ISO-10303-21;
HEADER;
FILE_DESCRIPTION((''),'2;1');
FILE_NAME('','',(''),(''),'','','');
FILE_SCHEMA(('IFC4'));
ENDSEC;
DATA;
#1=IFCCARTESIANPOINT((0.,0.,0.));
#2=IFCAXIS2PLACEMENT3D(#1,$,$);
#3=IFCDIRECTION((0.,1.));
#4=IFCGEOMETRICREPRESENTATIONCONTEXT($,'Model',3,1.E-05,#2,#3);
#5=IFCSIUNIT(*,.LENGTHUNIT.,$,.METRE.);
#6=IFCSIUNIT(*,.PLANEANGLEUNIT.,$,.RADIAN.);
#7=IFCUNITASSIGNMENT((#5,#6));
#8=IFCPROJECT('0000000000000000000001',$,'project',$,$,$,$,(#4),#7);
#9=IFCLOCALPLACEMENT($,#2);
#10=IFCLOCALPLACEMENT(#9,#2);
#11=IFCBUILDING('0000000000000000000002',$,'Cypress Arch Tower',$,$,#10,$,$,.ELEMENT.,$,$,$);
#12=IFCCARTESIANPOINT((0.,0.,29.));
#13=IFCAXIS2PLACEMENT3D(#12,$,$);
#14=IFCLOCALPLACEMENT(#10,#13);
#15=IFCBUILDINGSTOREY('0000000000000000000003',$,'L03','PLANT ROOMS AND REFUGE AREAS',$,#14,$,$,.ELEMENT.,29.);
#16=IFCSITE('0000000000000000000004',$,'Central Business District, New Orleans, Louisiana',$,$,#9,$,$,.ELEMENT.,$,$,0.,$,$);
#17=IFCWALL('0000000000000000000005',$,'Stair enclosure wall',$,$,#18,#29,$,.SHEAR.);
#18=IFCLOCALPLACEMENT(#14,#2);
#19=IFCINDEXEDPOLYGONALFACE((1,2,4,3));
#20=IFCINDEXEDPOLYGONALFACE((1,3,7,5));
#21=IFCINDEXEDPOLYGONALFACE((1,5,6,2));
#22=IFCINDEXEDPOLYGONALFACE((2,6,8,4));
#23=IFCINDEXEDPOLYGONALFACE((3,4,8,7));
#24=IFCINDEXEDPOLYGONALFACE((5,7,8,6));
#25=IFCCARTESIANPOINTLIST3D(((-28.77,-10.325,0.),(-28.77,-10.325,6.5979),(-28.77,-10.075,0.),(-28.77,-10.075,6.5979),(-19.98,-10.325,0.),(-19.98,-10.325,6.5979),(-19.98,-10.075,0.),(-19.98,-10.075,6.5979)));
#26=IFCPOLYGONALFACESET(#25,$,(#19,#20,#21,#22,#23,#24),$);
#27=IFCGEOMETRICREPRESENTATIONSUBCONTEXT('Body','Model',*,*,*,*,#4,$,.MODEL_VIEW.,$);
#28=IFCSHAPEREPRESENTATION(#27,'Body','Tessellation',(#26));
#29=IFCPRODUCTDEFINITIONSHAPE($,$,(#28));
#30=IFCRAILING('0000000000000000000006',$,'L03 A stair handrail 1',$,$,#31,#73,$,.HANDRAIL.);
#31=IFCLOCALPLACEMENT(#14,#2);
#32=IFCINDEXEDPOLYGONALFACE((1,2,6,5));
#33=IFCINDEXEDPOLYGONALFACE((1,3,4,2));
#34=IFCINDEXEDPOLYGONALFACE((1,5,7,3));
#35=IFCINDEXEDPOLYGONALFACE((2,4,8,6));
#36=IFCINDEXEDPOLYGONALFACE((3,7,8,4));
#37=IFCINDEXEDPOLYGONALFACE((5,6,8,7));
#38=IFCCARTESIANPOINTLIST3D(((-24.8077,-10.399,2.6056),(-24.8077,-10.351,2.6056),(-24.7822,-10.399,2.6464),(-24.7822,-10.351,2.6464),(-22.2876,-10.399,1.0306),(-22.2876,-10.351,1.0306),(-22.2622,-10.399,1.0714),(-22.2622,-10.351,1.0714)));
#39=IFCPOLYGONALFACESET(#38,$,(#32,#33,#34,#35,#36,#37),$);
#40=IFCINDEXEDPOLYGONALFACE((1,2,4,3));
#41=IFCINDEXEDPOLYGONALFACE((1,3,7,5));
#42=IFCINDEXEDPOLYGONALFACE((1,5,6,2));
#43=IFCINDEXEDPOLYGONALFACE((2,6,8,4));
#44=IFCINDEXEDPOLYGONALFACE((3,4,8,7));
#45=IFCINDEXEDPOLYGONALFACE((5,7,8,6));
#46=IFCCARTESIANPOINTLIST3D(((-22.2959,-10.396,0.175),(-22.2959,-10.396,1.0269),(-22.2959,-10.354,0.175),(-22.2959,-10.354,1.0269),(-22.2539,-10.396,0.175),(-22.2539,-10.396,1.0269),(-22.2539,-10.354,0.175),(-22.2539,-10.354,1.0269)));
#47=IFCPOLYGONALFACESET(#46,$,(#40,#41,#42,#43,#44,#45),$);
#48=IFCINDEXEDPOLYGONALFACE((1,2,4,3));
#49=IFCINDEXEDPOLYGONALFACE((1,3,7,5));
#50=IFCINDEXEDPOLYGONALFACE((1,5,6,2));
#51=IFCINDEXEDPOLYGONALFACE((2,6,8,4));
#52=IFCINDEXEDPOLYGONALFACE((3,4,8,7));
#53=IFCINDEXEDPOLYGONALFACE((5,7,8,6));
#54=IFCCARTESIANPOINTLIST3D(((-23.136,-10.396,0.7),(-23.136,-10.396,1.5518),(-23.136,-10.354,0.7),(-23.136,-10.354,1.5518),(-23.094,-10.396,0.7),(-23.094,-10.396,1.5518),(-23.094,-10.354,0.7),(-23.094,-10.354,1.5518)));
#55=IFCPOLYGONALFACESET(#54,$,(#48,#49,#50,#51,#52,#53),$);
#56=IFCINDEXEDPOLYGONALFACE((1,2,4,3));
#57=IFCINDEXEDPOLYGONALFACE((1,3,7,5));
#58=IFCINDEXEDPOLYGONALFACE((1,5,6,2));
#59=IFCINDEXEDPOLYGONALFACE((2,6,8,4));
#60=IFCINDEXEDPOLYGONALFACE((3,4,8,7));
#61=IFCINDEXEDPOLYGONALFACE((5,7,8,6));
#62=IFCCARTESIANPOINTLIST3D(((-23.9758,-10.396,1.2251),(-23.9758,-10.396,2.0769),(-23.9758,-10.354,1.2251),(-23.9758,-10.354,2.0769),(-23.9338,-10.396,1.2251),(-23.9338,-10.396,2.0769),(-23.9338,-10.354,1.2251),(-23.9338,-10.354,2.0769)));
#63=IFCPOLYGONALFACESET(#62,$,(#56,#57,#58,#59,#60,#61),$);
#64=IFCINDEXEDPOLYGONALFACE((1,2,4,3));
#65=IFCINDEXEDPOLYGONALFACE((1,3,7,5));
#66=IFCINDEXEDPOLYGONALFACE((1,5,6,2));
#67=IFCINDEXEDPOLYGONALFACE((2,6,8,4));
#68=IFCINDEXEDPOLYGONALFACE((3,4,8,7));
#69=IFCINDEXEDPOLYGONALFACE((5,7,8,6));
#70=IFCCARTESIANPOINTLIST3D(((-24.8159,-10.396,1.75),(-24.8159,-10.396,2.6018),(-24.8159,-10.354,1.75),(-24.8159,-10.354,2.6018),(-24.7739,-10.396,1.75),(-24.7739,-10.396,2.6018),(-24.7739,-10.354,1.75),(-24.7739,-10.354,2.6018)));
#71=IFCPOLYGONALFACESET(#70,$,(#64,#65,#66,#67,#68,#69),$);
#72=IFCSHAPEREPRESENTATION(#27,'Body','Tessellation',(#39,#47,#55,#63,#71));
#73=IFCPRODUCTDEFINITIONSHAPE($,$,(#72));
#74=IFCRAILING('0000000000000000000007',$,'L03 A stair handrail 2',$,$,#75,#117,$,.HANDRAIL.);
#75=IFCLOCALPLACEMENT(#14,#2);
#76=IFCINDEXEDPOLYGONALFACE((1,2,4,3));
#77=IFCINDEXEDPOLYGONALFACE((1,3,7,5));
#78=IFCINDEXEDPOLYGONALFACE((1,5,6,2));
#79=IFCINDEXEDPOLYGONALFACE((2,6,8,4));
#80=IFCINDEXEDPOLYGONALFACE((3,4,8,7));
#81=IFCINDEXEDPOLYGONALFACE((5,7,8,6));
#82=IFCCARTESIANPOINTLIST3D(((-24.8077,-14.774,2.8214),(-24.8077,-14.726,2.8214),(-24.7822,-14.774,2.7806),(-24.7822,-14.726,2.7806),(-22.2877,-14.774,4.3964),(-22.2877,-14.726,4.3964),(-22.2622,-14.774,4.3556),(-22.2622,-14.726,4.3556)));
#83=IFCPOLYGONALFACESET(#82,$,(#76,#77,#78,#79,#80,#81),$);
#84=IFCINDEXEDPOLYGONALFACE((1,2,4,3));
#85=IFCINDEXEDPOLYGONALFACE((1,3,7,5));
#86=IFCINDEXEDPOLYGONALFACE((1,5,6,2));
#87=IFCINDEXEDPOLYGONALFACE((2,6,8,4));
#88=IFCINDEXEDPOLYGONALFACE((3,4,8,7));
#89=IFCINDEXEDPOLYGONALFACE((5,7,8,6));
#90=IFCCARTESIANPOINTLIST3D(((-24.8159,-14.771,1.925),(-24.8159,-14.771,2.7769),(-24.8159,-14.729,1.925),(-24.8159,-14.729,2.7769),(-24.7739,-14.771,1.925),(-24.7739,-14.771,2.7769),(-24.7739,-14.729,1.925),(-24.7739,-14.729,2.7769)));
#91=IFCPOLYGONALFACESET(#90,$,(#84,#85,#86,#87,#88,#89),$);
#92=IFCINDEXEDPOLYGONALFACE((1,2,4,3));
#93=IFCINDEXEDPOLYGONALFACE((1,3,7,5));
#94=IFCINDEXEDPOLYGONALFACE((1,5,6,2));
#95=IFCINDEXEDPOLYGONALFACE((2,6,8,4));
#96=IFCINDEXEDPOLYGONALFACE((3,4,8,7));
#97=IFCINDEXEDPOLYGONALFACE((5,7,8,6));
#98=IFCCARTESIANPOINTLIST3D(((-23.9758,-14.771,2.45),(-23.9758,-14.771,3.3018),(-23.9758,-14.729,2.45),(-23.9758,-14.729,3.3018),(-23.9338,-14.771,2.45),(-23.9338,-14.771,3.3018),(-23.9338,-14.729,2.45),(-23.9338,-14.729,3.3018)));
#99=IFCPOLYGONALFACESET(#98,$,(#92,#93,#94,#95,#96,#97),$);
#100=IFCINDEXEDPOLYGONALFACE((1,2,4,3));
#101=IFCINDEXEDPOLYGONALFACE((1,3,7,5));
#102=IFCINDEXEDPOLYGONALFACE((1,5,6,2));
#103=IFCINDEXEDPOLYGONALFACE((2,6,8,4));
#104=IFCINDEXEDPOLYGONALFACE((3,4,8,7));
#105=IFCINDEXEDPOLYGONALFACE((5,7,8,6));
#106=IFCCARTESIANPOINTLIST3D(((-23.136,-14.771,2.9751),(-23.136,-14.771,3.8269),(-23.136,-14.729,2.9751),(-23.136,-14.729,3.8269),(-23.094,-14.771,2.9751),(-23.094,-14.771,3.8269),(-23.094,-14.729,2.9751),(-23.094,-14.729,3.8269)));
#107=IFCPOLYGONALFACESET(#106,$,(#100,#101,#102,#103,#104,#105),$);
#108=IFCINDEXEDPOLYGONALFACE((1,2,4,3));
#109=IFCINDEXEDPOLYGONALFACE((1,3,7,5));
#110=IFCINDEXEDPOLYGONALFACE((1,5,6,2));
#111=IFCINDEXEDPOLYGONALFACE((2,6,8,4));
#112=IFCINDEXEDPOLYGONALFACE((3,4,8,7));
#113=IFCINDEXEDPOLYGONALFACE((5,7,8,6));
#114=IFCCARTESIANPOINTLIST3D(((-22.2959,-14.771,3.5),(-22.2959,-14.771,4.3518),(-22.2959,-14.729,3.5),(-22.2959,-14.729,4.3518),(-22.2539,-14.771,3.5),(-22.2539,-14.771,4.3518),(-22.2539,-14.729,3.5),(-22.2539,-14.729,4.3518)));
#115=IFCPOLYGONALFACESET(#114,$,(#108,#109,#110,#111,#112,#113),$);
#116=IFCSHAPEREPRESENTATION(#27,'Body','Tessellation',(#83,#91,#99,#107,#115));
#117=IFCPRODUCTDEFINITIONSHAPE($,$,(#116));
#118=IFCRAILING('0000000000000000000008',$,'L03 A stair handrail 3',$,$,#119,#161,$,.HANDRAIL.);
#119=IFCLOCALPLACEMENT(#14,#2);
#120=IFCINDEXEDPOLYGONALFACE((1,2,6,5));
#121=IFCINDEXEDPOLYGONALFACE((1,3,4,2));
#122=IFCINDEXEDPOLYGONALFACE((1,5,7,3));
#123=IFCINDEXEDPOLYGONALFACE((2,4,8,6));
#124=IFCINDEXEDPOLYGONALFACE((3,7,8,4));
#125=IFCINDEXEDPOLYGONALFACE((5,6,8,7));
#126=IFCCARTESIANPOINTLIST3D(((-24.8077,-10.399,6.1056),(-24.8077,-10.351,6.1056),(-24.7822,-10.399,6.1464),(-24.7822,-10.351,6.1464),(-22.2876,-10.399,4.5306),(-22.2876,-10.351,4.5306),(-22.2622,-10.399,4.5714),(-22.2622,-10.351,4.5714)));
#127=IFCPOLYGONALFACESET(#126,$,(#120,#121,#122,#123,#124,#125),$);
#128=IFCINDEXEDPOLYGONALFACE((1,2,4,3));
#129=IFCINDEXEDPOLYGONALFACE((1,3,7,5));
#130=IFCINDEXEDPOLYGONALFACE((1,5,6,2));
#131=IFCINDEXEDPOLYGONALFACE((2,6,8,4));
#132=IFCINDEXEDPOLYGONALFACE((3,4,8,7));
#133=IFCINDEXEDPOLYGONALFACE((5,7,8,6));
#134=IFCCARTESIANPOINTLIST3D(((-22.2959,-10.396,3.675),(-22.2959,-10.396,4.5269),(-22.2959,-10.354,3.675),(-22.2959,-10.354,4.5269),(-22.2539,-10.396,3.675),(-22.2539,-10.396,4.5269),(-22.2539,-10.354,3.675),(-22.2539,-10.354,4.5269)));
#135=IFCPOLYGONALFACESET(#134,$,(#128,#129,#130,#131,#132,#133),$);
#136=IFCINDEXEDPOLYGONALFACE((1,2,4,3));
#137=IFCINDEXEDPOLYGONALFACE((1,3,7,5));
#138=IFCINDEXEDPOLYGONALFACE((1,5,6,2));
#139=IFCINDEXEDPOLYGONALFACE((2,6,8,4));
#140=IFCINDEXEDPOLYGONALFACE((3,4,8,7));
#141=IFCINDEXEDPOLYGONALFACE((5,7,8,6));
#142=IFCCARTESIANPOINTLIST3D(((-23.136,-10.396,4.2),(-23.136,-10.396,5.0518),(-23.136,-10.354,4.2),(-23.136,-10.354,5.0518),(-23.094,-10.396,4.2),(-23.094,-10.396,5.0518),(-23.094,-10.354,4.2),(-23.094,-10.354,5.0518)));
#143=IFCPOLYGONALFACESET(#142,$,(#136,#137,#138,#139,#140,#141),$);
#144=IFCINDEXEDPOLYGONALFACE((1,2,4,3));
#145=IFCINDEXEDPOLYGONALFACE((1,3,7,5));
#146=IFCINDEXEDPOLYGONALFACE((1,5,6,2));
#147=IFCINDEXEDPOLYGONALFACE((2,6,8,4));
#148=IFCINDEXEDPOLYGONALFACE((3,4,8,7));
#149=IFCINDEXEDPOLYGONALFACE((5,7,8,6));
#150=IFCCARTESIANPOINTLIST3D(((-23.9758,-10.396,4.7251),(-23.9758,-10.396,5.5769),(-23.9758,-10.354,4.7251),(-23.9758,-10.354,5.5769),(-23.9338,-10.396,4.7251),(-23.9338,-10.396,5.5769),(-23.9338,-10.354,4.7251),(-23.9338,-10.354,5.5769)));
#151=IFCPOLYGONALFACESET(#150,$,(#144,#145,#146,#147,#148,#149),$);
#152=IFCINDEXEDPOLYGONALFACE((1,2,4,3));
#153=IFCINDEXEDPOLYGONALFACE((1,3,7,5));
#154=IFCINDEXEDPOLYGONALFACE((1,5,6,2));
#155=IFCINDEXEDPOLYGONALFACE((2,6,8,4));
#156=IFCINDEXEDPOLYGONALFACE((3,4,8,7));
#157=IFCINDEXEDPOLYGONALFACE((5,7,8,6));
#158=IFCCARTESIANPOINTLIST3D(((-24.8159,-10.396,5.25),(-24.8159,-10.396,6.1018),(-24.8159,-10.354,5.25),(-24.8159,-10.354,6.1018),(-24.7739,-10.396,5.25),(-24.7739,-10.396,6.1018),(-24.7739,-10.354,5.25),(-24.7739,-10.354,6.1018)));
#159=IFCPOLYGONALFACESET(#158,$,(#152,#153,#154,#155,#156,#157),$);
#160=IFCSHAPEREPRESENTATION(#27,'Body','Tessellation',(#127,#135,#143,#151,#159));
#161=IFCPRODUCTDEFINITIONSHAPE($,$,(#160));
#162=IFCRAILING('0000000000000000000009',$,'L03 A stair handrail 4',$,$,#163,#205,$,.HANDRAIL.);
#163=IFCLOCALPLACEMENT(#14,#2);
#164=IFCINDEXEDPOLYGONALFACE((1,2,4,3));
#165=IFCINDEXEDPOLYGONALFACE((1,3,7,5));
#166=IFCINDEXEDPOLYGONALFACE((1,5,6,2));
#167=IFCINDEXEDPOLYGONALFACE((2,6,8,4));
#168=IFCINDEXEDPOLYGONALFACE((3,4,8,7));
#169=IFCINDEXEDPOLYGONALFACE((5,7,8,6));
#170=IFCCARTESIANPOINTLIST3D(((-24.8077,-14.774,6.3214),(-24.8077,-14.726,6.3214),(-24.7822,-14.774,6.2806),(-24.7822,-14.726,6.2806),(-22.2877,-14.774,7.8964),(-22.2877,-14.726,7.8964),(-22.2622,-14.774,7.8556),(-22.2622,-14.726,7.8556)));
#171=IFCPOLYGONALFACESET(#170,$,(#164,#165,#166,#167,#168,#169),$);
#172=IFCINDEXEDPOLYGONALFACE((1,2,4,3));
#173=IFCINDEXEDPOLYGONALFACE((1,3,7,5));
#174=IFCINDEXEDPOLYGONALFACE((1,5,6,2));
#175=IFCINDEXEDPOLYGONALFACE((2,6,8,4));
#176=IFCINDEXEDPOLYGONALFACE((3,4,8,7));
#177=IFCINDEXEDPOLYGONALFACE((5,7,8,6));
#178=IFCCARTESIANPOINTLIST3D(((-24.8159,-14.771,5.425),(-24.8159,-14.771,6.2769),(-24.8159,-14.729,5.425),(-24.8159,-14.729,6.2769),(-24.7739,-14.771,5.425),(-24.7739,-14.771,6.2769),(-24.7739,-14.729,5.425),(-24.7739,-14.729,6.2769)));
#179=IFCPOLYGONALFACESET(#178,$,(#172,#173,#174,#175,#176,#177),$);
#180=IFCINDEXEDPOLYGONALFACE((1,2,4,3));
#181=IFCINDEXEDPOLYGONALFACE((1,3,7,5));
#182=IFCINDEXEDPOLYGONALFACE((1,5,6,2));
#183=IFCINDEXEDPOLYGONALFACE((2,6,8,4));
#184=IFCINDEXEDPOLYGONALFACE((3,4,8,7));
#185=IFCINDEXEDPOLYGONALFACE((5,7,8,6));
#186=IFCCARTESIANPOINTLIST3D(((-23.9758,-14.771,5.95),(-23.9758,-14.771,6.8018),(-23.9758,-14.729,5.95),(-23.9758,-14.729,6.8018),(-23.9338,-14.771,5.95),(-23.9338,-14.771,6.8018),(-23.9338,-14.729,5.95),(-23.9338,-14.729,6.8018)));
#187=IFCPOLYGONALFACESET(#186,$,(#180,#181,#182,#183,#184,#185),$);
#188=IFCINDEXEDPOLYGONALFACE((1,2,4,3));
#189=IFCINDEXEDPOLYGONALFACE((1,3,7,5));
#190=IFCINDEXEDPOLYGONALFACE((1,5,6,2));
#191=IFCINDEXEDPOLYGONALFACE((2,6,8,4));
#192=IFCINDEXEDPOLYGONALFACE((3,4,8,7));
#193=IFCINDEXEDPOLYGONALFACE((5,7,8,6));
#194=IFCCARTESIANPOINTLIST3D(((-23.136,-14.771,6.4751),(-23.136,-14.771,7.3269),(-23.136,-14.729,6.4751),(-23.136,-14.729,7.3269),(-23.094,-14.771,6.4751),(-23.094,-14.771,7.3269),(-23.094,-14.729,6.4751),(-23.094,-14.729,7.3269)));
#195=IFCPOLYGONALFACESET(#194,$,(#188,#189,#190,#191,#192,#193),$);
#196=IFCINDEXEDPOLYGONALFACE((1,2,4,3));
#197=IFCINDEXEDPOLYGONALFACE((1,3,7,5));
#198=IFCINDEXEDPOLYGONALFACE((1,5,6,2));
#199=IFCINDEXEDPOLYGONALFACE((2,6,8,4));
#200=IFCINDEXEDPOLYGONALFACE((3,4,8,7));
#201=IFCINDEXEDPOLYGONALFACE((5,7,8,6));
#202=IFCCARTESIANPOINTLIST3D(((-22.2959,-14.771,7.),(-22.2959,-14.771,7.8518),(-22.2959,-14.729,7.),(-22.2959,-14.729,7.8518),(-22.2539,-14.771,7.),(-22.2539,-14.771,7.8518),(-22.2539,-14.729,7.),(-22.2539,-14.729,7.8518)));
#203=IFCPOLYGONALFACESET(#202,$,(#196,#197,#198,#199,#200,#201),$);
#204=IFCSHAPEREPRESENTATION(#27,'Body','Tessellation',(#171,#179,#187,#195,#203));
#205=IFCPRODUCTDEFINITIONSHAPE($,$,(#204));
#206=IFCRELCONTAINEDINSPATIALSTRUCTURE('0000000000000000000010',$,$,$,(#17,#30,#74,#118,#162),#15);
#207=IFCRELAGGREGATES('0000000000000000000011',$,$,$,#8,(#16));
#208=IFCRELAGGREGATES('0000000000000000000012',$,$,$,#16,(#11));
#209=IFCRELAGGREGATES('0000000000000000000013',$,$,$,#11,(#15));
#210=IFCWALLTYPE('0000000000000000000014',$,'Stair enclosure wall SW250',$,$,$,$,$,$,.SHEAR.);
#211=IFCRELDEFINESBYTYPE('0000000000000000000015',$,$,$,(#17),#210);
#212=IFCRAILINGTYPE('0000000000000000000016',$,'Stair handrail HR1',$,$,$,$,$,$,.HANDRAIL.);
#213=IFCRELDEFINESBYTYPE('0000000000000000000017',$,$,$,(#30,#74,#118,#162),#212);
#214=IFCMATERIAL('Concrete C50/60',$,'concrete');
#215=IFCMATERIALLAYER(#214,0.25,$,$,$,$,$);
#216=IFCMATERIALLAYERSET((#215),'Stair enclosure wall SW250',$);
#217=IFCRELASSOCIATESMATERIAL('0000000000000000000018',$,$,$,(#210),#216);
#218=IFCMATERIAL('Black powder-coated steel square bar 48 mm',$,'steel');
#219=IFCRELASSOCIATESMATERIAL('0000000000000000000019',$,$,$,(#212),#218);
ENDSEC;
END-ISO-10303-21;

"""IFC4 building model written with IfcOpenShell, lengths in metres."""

from ifc_helpers import new_model, si_unit, direction, frame, frame_2d, origin, origin_2d, place, context, subcontext, project, spatial, rectangle, extrude, material, layer, layer_set, type_object, element, save


model = new_model("IFC4")

# Units and contexts
model_context = context("Model", 3, precision=1e-05, world=origin(), true_north=direction((0.0, 1.0)))
body_context = subcontext(model_context, "Body", "Model", "MODEL_VIEW")
ifc_project = project(units=[si_unit("LENGTHUNIT", "METRE"), si_unit("PLANEANGLEUNIT", "RADIAN")], contexts=[model_context])

# Site, building, storey
site_placement = place(None, origin())
site = spatial("IfcSite", under=ifc_project, at=site_placement, Name="Central Business District, New Orleans, Louisiana", CompositionType="ELEMENT", RefElevation=0.0)
building_placement = place(site_placement, origin())
building = spatial("IfcBuilding", under=site, at=building_placement, Name="Cypress Arch Tower", CompositionType="ELEMENT")
storey_placement = place(building_placement, frame((0.0, 0.0, 29.0)))
storey = spatial("IfcBuildingStorey", under=building, at=storey_placement, Name="L03", Description="PLANT ROOMS AND REFUGE AREAS", CompositionType="ELEMENT", Elevation=29.0)

# Wall
ifc_material_1 = material(Name="Concrete C50/60", Category="concrete")
ifc_layer_1 = layer(ifc_material_1, 0.25)
ifc_layer_set_1 = layer_set([ifc_layer_1], Name="Stair enclosure wall SW250")
wall_type_1 = type_object("IfcWallType", Name="Stair enclosure wall SW250", PredefinedType="SHEAR", material=ifc_layer_set_1)
wall_1_placement = place(storey_placement, frame((-28.77, -10.2, 0.0), z_axis=(0.0, 0.0, 1.0), x_axis=(1.0, 0.0, 0.0)))
element("IfcWall", 1, at=wall_1_placement, inside=storey, type_object=wall_type_1, Name="Stair enclosure wall", PredefinedType="SHEAR", context=body_context, shape_type="SweptSolid", body=[
    extrude(rectangle(XDim=8.79, YDim=0.25, at=frame_2d((4.395, 0.0))), origin(), (0.0, 0.0, 1.0), 6.5979),
])

# Railings
ifc_material_2 = material(Name="Black powder-coated steel square bar 48 mm", Category="steel")
railing_type_1 = type_object("IfcRailingType", Name="Stair handrail HR1", PredefinedType="HANDRAIL", material=ifc_material_2)
railing_1_placement = place(storey_placement, frame((-22.2749, -10.375, 0.175)))
element("IfcRailing", 2, at=railing_1_placement, inside=storey, type_object=railing_type_1, Name="L03 A stair handrail 1", PredefinedType="HANDRAIL", context=body_context, shape_type="SweptSolid", body=[
    extrude(rectangle(XDim=0.0481, YDim=0.0481, at=origin_2d()), frame((0.0, 0.0, 0.876), z_axis=(-0.848008, 0.0, 0.529984), x_axis=(0.0, -1.0, 0.0)), (0.0, 0.0, 1.0), 2.9717),
    extrude(rectangle(XDim=0.042, YDim=0.042, at=origin_2d()), origin(), (0.0, 0.0, 1.0), 0.8518),
    extrude(rectangle(XDim=0.042, YDim=0.042, at=origin_2d()), frame((-0.8401, 0.0, 0.5249)), (0.0, 0.0, 1.0), 0.8518),
    extrude(rectangle(XDim=0.042, YDim=0.042, at=origin_2d()), frame((-1.6799, 0.0, 1.05)), (0.0, 0.0, 1.0), 0.8518),
    extrude(rectangle(XDim=0.042, YDim=0.042, at=origin_2d()), frame((-2.52, 0.0, 1.575)), (0.0, 0.0, 1.0), 0.8518),
])
railing_2_placement = place(storey_placement, frame((-24.7949, -14.75, 1.925)))
element("IfcRailing", 3, at=railing_2_placement, inside=storey, type_object=railing_type_1, Name="L03 A stair handrail 2", PredefinedType="HANDRAIL", context=body_context, shape_type="SweptSolid", body=[
    extrude(rectangle(XDim=0.0481, YDim=0.0481, at=origin_2d()), frame((0.0, 0.0, 0.876), z_axis=(0.848008, 0.0, 0.529984), x_axis=(0.0, 1.0, 0.0)), (0.0, 0.0, 1.0), 2.9717),
    extrude(rectangle(XDim=0.042, YDim=0.042, at=origin_2d()), origin(), (0.0, 0.0, 1.0), 0.8518),
    extrude(rectangle(XDim=0.042, YDim=0.042, at=origin_2d()), frame((0.8401, 0.0, 0.5249)), (0.0, 0.0, 1.0), 0.8518),
    extrude(rectangle(XDim=0.042, YDim=0.042, at=origin_2d()), frame((1.6799, 0.0, 1.05)), (0.0, 0.0, 1.0), 0.8518),
    extrude(rectangle(XDim=0.042, YDim=0.042, at=origin_2d()), frame((2.52, 0.0, 1.575)), (0.0, 0.0, 1.0), 0.8518),
])
railing_3_placement = place(storey_placement, frame((-22.2749, -10.375, 3.675)))
element("IfcRailing", 4, at=railing_3_placement, inside=storey, type_object=railing_type_1, Name="L03 A stair handrail 3", PredefinedType="HANDRAIL", context=body_context, shape_type="SweptSolid", body=[
    extrude(rectangle(XDim=0.0481, YDim=0.0481, at=origin_2d()), frame((0.0, 0.0, 0.876), z_axis=(-0.848008, 0.0, 0.529984), x_axis=(0.0, -1.0, 0.0)), (0.0, 0.0, 1.0), 2.9717),
    extrude(rectangle(XDim=0.042, YDim=0.042, at=origin_2d()), origin(), (0.0, 0.0, 1.0), 0.8518),
    extrude(rectangle(XDim=0.042, YDim=0.042, at=origin_2d()), frame((-0.8401, 0.0, 0.5249)), (0.0, 0.0, 1.0), 0.8518),
    extrude(rectangle(XDim=0.042, YDim=0.042, at=origin_2d()), frame((-1.6799, 0.0, 1.05)), (0.0, 0.0, 1.0), 0.8518),
    extrude(rectangle(XDim=0.042, YDim=0.042, at=origin_2d()), frame((-2.52, 0.0, 1.575)), (0.0, 0.0, 1.0), 0.8518),
])
railing_4_placement = place(storey_placement, frame((-24.7949, -14.75, 5.425)))
element("IfcRailing", 5, at=railing_4_placement, inside=storey, type_object=railing_type_1, Name="L03 A stair handrail 4", PredefinedType="HANDRAIL", context=body_context, shape_type="SweptSolid", body=[
    extrude(rectangle(XDim=0.0481, YDim=0.0481, at=origin_2d()), frame((0.0, 0.0, 0.876), z_axis=(0.848008, 0.0, 0.529984), x_axis=(0.0, 1.0, 0.0)), (0.0, 0.0, 1.0), 2.9717),
    extrude(rectangle(XDim=0.042, YDim=0.042, at=origin_2d()), origin(), (0.0, 0.0, 1.0), 0.8518),
    extrude(rectangle(XDim=0.042, YDim=0.042, at=origin_2d()), frame((0.8401, 0.0, 0.5249)), (0.0, 0.0, 1.0), 0.8518),
    extrude(rectangle(XDim=0.042, YDim=0.042, at=origin_2d()), frame((1.6799, 0.0, 1.05)), (0.0, 0.0, 1.0), 0.8518),
    extrude(rectangle(XDim=0.042, YDim=0.042, at=origin_2d()), frame((2.52, 0.0, 1.575)), (0.0, 0.0, 1.0), 0.8518),
])

save(model, "model.ifc")
